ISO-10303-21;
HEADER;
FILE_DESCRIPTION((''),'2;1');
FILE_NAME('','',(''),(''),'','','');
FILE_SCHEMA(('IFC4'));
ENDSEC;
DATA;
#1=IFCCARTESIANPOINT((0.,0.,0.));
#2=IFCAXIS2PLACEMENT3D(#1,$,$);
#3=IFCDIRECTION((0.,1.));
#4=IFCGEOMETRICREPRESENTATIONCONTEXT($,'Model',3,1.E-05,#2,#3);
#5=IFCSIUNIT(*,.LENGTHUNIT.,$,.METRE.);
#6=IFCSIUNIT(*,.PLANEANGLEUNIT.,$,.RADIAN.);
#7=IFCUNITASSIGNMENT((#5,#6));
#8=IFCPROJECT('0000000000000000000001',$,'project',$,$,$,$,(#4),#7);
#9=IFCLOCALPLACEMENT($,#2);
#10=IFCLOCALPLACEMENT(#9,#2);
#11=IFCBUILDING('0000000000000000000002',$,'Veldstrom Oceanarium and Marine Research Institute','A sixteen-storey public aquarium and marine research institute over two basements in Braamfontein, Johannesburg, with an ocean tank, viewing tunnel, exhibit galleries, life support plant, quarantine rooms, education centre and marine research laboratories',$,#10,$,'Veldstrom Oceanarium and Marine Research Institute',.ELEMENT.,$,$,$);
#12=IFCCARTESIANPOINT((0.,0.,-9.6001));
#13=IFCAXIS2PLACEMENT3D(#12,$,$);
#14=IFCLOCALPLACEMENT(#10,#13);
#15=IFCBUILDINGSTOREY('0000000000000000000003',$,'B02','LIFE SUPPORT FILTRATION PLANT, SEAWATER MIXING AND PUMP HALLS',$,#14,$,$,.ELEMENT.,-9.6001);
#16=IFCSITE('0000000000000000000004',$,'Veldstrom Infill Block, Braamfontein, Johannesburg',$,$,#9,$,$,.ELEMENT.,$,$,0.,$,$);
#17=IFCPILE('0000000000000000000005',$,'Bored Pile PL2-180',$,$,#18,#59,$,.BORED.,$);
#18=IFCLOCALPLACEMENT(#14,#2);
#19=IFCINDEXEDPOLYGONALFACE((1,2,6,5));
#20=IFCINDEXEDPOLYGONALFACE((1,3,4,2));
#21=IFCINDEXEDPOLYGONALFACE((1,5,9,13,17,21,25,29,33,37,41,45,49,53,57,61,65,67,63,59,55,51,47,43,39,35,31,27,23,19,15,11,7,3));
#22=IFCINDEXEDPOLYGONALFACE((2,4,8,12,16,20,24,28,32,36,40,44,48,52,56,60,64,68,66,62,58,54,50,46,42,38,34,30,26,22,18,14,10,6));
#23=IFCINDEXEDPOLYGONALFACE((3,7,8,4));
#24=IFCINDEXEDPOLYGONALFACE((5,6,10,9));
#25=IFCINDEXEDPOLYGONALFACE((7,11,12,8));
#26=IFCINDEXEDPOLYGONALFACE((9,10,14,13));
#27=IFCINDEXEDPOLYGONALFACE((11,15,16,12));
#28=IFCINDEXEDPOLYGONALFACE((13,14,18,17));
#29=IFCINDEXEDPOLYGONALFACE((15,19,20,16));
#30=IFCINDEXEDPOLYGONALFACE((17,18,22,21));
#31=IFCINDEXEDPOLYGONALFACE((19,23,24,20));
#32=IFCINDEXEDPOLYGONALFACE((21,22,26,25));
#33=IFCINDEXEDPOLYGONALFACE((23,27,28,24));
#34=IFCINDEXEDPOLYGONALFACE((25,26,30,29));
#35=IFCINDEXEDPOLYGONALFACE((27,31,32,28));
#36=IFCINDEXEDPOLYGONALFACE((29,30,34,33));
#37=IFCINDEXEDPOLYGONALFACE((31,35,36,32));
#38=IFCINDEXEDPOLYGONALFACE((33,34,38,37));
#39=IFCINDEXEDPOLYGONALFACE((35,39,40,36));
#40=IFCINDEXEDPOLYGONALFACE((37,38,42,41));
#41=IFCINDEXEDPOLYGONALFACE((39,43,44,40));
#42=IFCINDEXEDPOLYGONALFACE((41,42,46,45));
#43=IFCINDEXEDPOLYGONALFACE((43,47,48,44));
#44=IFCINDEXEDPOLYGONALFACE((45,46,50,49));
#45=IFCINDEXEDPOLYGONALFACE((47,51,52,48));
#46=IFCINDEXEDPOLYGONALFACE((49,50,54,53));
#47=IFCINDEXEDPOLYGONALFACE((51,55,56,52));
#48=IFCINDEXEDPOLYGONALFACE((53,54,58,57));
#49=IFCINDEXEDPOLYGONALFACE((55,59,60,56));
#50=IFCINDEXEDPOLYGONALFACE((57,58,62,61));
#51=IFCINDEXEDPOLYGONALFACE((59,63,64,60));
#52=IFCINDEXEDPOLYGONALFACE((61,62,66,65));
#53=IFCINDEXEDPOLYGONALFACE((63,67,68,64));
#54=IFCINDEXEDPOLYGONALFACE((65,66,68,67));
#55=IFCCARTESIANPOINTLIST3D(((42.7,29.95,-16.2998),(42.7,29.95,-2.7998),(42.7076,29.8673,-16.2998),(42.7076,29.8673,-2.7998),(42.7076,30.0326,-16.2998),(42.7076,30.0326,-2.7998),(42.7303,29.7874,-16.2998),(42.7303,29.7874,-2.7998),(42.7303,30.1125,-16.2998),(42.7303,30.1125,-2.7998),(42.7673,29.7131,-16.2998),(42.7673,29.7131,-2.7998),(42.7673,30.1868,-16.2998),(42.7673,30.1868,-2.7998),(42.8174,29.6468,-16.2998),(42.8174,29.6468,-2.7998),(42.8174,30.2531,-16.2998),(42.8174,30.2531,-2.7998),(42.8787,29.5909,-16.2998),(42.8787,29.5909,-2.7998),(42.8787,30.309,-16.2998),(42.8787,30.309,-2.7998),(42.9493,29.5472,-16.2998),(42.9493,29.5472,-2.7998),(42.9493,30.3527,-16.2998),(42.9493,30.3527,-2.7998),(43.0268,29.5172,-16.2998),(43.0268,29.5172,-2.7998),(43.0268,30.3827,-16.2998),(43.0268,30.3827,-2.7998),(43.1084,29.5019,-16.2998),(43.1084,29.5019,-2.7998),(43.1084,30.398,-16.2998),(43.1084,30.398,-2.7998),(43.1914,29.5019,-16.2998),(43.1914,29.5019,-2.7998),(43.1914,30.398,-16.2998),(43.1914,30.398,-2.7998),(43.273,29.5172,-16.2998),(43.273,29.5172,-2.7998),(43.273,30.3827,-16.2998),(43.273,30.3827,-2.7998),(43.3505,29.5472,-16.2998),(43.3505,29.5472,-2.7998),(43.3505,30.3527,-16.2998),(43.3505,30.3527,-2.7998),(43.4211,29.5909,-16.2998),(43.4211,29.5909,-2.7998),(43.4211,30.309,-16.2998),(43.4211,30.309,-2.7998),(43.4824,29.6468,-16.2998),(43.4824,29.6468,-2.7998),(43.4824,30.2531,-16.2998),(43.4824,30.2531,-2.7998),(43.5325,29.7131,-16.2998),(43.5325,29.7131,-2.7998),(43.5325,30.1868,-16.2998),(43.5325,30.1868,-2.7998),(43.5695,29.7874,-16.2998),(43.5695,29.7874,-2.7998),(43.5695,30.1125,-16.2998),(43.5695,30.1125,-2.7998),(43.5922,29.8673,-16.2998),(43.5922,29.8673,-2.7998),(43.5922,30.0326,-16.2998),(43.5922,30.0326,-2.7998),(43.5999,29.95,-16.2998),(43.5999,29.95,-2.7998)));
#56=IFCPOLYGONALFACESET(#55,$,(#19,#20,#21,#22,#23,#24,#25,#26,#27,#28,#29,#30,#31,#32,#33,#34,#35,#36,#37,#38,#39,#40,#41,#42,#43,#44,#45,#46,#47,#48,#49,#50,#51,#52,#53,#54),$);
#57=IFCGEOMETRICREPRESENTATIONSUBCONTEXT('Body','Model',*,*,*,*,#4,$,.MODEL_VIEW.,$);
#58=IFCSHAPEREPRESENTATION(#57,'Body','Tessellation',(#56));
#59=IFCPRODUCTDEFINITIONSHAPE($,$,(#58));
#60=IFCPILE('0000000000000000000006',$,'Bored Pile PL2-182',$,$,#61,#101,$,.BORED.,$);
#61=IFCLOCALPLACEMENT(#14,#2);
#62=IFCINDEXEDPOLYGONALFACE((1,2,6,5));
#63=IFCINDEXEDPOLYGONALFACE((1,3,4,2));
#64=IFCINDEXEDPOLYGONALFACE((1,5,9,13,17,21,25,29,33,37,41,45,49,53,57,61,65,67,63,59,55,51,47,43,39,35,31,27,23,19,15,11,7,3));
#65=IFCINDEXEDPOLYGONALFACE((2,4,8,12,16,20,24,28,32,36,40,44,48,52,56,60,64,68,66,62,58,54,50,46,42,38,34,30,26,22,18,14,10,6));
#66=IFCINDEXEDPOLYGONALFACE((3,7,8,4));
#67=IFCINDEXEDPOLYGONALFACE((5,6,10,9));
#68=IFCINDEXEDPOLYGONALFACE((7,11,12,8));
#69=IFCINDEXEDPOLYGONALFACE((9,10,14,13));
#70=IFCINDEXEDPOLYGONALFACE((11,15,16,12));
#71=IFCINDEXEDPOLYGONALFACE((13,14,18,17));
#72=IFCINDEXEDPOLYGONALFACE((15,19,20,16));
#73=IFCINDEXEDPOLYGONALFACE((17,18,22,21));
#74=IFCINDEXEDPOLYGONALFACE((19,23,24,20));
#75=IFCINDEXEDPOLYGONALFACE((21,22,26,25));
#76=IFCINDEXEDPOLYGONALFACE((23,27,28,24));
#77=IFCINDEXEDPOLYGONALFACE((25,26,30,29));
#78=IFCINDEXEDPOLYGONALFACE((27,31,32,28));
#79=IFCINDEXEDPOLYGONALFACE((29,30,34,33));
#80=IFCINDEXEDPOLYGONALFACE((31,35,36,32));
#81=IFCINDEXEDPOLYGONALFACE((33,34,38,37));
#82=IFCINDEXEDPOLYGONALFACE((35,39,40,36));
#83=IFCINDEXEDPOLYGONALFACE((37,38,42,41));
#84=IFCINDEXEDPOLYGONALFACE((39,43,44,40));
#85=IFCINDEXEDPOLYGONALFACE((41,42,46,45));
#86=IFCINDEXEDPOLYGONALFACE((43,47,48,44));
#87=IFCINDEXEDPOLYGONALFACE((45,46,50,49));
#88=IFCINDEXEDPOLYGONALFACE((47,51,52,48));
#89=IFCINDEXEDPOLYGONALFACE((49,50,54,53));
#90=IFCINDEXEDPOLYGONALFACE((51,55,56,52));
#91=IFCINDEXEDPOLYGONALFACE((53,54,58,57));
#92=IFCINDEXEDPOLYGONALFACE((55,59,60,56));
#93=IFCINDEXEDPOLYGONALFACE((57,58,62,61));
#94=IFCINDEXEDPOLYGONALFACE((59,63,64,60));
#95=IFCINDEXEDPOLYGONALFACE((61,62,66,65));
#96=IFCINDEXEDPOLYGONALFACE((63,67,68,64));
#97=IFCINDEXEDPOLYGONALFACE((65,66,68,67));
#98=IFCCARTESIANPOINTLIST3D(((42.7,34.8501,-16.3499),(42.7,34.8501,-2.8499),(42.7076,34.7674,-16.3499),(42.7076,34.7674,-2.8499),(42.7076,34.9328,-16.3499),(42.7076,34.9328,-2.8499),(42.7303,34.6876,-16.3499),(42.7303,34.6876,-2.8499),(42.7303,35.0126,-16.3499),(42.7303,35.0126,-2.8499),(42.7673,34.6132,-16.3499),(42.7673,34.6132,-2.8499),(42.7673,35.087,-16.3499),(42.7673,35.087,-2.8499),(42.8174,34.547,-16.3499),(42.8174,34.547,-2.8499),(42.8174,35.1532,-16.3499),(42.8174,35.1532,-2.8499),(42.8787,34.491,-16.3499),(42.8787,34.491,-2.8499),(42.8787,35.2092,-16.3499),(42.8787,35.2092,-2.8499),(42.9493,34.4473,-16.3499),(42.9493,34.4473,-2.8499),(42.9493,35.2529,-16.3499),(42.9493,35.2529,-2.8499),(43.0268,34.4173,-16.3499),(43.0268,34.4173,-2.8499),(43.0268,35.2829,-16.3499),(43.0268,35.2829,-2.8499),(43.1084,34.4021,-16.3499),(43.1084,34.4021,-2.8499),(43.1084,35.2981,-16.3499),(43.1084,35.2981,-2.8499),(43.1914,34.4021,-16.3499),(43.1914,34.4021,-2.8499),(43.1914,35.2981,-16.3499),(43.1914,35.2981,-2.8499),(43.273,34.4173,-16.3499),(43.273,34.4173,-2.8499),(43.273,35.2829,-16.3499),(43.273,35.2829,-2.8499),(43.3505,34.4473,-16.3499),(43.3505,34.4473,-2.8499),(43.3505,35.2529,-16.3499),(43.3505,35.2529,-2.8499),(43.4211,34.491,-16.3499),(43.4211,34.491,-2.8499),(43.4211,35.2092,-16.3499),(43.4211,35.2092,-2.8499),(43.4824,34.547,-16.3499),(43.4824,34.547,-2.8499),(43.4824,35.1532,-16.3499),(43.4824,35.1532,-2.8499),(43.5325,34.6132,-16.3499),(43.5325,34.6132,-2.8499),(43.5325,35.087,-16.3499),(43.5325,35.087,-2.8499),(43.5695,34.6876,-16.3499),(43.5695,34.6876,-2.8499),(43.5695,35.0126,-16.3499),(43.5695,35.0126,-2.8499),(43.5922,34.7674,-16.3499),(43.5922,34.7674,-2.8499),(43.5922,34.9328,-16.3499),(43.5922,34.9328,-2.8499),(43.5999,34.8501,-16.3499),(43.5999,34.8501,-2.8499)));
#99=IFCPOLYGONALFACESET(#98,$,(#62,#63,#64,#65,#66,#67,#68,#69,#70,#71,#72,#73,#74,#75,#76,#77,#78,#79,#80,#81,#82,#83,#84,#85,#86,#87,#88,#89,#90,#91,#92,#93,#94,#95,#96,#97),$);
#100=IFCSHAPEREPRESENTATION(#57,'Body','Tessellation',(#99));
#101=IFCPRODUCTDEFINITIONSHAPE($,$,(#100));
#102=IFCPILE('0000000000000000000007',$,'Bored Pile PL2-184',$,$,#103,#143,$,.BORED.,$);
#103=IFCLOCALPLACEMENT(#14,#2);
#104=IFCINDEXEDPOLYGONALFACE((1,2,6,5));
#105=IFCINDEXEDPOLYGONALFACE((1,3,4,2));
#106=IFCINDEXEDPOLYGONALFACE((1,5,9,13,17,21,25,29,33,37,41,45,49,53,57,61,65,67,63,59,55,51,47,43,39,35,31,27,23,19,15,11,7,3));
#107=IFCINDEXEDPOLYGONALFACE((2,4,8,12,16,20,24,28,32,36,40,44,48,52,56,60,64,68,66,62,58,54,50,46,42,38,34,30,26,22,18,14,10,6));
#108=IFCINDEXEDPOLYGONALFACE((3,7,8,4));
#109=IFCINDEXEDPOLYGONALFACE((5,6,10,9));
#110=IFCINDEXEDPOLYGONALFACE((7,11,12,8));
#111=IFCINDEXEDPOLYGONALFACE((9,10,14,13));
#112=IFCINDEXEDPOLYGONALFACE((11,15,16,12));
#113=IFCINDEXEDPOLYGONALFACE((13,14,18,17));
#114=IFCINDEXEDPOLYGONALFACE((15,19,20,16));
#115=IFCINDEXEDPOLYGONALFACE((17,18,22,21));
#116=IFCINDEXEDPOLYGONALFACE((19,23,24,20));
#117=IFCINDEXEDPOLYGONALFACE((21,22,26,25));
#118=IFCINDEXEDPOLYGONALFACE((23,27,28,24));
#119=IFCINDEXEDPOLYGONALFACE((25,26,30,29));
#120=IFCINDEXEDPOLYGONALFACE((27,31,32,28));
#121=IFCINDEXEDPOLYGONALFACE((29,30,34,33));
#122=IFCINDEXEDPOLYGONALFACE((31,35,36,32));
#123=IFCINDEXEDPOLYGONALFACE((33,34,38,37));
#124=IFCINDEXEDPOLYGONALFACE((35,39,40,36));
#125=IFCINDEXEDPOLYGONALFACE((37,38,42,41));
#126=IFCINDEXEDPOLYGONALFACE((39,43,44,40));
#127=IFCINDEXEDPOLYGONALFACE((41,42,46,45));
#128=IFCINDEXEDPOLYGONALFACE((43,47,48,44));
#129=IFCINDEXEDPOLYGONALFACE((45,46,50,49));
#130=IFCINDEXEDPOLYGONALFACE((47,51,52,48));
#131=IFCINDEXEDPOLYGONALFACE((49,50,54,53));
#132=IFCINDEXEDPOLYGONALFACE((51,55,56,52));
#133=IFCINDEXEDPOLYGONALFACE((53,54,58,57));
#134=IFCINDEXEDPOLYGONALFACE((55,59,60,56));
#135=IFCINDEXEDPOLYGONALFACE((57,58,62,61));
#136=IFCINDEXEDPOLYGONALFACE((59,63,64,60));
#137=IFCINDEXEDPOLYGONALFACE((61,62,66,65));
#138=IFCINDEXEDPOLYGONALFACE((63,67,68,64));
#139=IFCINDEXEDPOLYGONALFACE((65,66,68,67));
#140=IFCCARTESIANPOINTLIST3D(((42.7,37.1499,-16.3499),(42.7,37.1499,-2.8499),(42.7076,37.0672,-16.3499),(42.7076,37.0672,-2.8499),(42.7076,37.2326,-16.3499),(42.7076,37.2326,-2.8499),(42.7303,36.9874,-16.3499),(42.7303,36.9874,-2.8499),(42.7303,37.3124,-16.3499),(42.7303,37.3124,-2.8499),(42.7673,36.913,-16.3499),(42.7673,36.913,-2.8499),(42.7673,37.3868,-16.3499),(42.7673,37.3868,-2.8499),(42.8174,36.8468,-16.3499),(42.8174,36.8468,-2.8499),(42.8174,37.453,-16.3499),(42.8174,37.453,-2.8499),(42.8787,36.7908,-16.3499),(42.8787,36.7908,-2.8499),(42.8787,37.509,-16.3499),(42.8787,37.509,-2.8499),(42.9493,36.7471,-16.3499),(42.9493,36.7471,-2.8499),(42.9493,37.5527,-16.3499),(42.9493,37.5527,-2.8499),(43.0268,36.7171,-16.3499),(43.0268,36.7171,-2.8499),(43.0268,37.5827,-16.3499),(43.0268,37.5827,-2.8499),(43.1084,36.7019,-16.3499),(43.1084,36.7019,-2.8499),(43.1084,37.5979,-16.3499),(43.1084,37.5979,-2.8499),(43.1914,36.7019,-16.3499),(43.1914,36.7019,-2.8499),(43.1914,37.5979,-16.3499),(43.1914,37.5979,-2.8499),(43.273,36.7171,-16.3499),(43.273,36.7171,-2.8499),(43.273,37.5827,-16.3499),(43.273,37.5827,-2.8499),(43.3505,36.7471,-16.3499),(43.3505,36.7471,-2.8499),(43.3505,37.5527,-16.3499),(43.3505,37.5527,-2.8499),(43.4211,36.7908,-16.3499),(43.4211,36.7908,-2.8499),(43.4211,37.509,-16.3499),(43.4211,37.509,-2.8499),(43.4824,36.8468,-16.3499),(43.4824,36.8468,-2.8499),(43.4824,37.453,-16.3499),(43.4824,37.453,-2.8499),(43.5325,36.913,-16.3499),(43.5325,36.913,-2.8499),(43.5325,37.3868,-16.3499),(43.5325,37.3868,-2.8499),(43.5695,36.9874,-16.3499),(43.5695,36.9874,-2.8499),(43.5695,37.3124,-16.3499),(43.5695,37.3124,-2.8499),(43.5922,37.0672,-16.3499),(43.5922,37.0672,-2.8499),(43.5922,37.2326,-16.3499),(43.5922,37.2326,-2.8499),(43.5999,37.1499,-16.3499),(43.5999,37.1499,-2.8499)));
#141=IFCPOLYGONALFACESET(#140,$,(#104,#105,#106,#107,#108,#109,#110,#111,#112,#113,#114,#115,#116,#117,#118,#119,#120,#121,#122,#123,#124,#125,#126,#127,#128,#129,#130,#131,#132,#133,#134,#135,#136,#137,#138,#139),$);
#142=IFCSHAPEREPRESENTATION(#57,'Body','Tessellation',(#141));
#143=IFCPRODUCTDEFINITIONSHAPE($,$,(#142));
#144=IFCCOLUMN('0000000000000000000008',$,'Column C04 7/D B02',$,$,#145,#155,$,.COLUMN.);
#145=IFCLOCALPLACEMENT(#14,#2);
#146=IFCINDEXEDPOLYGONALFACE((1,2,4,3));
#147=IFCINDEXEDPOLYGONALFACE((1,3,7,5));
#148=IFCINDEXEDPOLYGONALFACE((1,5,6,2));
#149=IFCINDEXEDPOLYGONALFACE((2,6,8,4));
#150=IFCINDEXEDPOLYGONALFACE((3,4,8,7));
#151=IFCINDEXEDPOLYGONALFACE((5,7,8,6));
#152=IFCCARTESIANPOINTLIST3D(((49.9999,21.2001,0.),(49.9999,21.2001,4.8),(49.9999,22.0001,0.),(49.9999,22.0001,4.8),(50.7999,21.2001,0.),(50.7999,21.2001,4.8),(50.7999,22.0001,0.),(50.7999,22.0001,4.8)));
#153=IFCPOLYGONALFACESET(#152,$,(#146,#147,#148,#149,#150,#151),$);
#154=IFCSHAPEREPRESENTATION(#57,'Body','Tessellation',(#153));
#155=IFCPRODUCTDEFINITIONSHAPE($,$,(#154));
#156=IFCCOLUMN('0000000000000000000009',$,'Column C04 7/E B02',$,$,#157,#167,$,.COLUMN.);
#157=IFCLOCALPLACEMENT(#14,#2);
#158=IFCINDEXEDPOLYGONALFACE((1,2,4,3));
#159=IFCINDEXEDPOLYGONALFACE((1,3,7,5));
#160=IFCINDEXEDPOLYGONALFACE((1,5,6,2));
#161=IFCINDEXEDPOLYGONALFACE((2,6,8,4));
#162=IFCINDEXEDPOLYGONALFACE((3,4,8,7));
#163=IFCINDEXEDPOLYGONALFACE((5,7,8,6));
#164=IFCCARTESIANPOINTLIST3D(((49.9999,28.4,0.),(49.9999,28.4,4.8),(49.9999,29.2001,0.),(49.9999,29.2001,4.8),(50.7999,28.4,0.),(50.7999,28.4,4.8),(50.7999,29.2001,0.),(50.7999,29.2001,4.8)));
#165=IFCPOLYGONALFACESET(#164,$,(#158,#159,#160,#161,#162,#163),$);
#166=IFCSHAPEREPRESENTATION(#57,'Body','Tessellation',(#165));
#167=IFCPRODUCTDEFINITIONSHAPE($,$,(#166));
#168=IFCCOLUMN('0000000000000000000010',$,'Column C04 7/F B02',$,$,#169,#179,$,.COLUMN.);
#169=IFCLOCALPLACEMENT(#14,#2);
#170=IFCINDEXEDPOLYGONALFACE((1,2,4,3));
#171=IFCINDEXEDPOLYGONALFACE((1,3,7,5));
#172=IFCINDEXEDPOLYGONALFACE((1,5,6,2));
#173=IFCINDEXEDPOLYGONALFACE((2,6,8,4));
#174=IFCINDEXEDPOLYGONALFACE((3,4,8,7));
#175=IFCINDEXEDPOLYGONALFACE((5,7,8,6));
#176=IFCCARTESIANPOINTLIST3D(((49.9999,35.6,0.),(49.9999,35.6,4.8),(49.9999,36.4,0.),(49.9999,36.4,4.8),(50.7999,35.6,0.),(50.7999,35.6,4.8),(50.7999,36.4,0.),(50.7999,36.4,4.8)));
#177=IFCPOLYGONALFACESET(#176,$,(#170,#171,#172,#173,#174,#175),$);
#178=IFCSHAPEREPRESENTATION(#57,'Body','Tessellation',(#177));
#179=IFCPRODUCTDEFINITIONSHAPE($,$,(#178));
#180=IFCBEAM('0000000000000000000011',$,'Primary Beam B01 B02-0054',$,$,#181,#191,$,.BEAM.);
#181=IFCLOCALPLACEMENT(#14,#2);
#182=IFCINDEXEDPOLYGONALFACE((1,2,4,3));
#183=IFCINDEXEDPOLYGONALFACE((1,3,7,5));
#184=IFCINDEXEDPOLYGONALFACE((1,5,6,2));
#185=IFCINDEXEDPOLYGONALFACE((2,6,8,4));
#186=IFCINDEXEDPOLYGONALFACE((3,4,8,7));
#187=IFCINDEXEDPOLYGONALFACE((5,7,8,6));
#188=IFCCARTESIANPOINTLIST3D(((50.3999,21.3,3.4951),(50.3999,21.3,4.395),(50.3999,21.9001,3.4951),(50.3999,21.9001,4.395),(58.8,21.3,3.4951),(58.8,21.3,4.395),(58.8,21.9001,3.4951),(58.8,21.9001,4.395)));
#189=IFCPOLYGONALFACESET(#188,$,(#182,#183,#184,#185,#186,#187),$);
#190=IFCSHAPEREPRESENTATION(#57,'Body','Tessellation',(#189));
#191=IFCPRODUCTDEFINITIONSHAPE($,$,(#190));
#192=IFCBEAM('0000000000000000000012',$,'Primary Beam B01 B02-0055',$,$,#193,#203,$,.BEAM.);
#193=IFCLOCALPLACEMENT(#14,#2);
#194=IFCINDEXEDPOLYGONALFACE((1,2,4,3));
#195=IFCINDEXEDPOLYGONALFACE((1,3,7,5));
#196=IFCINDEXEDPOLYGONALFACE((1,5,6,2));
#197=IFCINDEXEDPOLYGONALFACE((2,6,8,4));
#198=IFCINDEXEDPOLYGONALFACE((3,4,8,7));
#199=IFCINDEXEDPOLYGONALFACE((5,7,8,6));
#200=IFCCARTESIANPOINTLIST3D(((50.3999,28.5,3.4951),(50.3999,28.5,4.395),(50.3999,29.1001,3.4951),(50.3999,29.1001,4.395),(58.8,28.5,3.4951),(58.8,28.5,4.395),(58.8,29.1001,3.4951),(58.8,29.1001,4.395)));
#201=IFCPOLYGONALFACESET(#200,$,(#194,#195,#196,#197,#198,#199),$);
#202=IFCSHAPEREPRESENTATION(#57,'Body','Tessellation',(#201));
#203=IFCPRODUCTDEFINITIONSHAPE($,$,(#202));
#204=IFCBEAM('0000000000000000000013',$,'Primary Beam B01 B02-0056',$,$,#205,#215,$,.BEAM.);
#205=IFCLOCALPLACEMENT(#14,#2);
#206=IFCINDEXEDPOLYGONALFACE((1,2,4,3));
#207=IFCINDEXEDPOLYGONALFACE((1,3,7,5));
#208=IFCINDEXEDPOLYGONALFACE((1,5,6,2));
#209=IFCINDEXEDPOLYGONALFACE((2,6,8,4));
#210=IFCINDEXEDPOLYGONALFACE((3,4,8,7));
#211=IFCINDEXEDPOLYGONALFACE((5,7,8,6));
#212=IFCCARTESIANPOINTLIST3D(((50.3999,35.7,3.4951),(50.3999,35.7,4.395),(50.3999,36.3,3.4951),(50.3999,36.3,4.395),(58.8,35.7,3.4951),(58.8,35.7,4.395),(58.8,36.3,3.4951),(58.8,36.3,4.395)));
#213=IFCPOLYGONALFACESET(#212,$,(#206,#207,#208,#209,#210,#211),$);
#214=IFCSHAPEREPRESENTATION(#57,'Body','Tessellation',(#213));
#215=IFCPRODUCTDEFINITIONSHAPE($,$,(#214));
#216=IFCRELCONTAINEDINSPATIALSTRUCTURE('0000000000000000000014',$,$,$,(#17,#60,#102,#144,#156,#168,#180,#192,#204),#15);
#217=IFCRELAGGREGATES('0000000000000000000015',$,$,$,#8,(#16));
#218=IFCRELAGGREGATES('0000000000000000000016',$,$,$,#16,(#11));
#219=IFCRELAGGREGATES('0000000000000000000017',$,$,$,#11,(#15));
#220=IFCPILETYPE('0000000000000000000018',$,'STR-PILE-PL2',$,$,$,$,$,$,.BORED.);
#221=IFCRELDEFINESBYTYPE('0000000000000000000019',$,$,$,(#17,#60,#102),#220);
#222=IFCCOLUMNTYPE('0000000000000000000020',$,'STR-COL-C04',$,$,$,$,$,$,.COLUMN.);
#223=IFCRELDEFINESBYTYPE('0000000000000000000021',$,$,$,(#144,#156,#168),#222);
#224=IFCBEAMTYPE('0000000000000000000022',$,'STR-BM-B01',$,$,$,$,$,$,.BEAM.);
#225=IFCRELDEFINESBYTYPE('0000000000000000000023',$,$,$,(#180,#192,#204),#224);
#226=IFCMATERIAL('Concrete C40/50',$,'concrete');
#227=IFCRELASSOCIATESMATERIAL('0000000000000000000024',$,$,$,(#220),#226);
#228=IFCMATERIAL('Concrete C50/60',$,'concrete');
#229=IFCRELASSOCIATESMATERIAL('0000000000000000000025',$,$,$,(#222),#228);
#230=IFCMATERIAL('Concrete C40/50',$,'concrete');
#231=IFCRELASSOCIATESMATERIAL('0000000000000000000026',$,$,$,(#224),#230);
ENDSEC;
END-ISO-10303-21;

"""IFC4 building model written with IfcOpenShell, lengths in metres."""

from ifc_helpers import new_model, si_unit, direction, frame, origin, origin_2d, place, context, subcontext, project, spatial, rectangle, circle, extrude, material, material_profile, profile_set, type_object, element, save


model = new_model("IFC4")

# Units and contexts
model_context = context("Model", 3, precision=1e-05, world=origin(), true_north=direction((0.0, 1.0)))
body_context = subcontext(model_context, "Body", "Model", "MODEL_VIEW")
ifc_project = project(units=[si_unit("LENGTHUNIT", "METRE"), si_unit("PLANEANGLEUNIT", "RADIAN")], contexts=[model_context])

# Site, building, storey
site_placement = place(None, origin())
site = spatial("IfcSite", under=ifc_project, at=site_placement, Name="Veldstrom Infill Block, Braamfontein, Johannesburg", CompositionType="ELEMENT", RefElevation=0.0)
building_placement = place(site_placement, origin())
building = spatial("IfcBuilding", under=site, at=building_placement, Name="Veldstrom Oceanarium and Marine Research Institute", Description="A sixteen-storey public aquarium and marine research institute over two basements in Braamfontein, Johannesburg, with an ocean tank, viewing tunnel, exhibit galleries, life support plant, quarantine rooms, education centre and marine research laboratories", LongName="Veldstrom Oceanarium and Marine Research Institute", CompositionType="ELEMENT")
storey_placement = place(building_placement, frame((0.0, 0.0, -9.6001)))
storey = spatial("IfcBuildingStorey", under=building, at=storey_placement, Name="B02", Description="LIFE SUPPORT FILTRATION PLANT, SEAWATER MIXING AND PUMP HALLS", CompositionType="ELEMENT", Elevation=-9.6001)

# Piles
ifc_material_1 = material(Name="Concrete C40/50", Category="concrete")
ifc_material_profile_1 = material_profile(ifc_material_1, circle(Radius=0.45, at=origin_2d()), Name="PILE-D900")
ifc_profile_set_1 = profile_set([ifc_material_profile_1], Name="Concrete C40/50")
pile_type_1 = type_object("IfcPileType", Name="STR-PILE-PL2", PredefinedType="BORED", material=ifc_profile_set_1)
for number, where, z_axis, x_axis, name in (
    (1, (43.1499, 29.95, -2.7998), (0.0, 0.0, -1.0), (1.0, 0.0, 0.0), "Bored Pile PL2-180"),
    (2, (43.1499, 34.8501, -2.8499), (0.0, 0.0, -1.0), (1.0, 0.0, 0.0), "Bored Pile PL2-182"),
    (3, (43.1499, 37.1499, -2.8499), (0.0, 0.0, -1.0), (1.0, 0.0, 0.0), "Bored Pile PL2-184"),
):
    element("IfcPile", number, at=place(storey_placement, frame(where, z_axis=z_axis, x_axis=x_axis)), inside=storey, type_object=pile_type_1, Name=name, PredefinedType="BORED", context=body_context, shape_type="SweptSolid", body=[
        extrude(circle(Radius=0.45, at=origin_2d()), origin(), (0.0, 0.0, 1.0), 13.5),
    ])

# Columns
ifc_material_2 = material(Name="Concrete C50/60", Category="concrete")
ifc_material_profile_2 = material_profile(ifc_material_2, rectangle(XDim=0.8, YDim=0.8, at=origin_2d()), Name="RC-COL-800x800")
ifc_profile_set_2 = profile_set([ifc_material_profile_2], Name="Concrete C50/60")
column_type = type_object("IfcColumnType", Name="STR-COL-C04", PredefinedType="COLUMN", material=ifc_profile_set_2)
for number, where, z_axis, x_axis, name in (
    (4, (50.3999, 21.6001, 0.0), (0.0, 0.0, 1.0), (1.0, 0.0, 0.0), "Column C04 7/D B02"),
    (5, (50.3999, 28.8, 0.0), (0.0, 0.0, 1.0), (1.0, 0.0, 0.0), "Column C04 7/E B02"),
    (6, (50.3999, 36.0, 0.0), (0.0, 0.0, 1.0), (1.0, 0.0, 0.0), "Column C04 7/F B02"),
):
    element("IfcColumn", number, at=place(storey_placement, frame(where, z_axis=z_axis, x_axis=x_axis)), inside=storey, type_object=column_type, Name=name, PredefinedType="COLUMN", context=body_context, shape_type="SweptSolid", body=[
        extrude(rectangle(XDim=0.8, YDim=0.8, at=origin_2d()), origin(), (0.0, 0.0, 1.0), 4.8),
    ])

# Beams
ifc_material_3 = material(Name="Concrete C40/50", Category="concrete")
ifc_material_profile_3 = material_profile(ifc_material_3, rectangle(XDim=0.6001, YDim=0.8999, at=origin_2d()), Name="RC-BM-600x900")
ifc_profile_set_3 = profile_set([ifc_material_profile_3], Name="Concrete C40/50")
beam_type_1 = type_object("IfcBeamType", Name="STR-BM-B01", PredefinedType="BEAM", material=ifc_profile_set_3)
for number, where, z_axis, x_axis, name in (
    (7, (50.3999, 21.6001, 3.9451), (1.0, 0.0, 0.0), (0.0, 1.0, 0.0), "Primary Beam B01 B02-0054"),
    (8, (50.3999, 28.8, 3.9451), (1.0, 0.0, 0.0), (0.0, 1.0, 0.0), "Primary Beam B01 B02-0055"),
    (9, (50.3999, 36.0, 3.9451), (1.0, 0.0, 0.0), (0.0, 1.0, 0.0), "Primary Beam B01 B02-0056"),
):
    element("IfcBeam", number, at=place(storey_placement, frame(where, z_axis=z_axis, x_axis=x_axis)), inside=storey, type_object=beam_type_1, Name=name, PredefinedType="BEAM", context=body_context, shape_type="SweptSolid", body=[
        extrude(rectangle(XDim=0.6001, YDim=0.8999, at=origin_2d()), origin(), (0.0, 0.0, 1.0), 8.4001),
    ])

save(model, "model.ifc")
